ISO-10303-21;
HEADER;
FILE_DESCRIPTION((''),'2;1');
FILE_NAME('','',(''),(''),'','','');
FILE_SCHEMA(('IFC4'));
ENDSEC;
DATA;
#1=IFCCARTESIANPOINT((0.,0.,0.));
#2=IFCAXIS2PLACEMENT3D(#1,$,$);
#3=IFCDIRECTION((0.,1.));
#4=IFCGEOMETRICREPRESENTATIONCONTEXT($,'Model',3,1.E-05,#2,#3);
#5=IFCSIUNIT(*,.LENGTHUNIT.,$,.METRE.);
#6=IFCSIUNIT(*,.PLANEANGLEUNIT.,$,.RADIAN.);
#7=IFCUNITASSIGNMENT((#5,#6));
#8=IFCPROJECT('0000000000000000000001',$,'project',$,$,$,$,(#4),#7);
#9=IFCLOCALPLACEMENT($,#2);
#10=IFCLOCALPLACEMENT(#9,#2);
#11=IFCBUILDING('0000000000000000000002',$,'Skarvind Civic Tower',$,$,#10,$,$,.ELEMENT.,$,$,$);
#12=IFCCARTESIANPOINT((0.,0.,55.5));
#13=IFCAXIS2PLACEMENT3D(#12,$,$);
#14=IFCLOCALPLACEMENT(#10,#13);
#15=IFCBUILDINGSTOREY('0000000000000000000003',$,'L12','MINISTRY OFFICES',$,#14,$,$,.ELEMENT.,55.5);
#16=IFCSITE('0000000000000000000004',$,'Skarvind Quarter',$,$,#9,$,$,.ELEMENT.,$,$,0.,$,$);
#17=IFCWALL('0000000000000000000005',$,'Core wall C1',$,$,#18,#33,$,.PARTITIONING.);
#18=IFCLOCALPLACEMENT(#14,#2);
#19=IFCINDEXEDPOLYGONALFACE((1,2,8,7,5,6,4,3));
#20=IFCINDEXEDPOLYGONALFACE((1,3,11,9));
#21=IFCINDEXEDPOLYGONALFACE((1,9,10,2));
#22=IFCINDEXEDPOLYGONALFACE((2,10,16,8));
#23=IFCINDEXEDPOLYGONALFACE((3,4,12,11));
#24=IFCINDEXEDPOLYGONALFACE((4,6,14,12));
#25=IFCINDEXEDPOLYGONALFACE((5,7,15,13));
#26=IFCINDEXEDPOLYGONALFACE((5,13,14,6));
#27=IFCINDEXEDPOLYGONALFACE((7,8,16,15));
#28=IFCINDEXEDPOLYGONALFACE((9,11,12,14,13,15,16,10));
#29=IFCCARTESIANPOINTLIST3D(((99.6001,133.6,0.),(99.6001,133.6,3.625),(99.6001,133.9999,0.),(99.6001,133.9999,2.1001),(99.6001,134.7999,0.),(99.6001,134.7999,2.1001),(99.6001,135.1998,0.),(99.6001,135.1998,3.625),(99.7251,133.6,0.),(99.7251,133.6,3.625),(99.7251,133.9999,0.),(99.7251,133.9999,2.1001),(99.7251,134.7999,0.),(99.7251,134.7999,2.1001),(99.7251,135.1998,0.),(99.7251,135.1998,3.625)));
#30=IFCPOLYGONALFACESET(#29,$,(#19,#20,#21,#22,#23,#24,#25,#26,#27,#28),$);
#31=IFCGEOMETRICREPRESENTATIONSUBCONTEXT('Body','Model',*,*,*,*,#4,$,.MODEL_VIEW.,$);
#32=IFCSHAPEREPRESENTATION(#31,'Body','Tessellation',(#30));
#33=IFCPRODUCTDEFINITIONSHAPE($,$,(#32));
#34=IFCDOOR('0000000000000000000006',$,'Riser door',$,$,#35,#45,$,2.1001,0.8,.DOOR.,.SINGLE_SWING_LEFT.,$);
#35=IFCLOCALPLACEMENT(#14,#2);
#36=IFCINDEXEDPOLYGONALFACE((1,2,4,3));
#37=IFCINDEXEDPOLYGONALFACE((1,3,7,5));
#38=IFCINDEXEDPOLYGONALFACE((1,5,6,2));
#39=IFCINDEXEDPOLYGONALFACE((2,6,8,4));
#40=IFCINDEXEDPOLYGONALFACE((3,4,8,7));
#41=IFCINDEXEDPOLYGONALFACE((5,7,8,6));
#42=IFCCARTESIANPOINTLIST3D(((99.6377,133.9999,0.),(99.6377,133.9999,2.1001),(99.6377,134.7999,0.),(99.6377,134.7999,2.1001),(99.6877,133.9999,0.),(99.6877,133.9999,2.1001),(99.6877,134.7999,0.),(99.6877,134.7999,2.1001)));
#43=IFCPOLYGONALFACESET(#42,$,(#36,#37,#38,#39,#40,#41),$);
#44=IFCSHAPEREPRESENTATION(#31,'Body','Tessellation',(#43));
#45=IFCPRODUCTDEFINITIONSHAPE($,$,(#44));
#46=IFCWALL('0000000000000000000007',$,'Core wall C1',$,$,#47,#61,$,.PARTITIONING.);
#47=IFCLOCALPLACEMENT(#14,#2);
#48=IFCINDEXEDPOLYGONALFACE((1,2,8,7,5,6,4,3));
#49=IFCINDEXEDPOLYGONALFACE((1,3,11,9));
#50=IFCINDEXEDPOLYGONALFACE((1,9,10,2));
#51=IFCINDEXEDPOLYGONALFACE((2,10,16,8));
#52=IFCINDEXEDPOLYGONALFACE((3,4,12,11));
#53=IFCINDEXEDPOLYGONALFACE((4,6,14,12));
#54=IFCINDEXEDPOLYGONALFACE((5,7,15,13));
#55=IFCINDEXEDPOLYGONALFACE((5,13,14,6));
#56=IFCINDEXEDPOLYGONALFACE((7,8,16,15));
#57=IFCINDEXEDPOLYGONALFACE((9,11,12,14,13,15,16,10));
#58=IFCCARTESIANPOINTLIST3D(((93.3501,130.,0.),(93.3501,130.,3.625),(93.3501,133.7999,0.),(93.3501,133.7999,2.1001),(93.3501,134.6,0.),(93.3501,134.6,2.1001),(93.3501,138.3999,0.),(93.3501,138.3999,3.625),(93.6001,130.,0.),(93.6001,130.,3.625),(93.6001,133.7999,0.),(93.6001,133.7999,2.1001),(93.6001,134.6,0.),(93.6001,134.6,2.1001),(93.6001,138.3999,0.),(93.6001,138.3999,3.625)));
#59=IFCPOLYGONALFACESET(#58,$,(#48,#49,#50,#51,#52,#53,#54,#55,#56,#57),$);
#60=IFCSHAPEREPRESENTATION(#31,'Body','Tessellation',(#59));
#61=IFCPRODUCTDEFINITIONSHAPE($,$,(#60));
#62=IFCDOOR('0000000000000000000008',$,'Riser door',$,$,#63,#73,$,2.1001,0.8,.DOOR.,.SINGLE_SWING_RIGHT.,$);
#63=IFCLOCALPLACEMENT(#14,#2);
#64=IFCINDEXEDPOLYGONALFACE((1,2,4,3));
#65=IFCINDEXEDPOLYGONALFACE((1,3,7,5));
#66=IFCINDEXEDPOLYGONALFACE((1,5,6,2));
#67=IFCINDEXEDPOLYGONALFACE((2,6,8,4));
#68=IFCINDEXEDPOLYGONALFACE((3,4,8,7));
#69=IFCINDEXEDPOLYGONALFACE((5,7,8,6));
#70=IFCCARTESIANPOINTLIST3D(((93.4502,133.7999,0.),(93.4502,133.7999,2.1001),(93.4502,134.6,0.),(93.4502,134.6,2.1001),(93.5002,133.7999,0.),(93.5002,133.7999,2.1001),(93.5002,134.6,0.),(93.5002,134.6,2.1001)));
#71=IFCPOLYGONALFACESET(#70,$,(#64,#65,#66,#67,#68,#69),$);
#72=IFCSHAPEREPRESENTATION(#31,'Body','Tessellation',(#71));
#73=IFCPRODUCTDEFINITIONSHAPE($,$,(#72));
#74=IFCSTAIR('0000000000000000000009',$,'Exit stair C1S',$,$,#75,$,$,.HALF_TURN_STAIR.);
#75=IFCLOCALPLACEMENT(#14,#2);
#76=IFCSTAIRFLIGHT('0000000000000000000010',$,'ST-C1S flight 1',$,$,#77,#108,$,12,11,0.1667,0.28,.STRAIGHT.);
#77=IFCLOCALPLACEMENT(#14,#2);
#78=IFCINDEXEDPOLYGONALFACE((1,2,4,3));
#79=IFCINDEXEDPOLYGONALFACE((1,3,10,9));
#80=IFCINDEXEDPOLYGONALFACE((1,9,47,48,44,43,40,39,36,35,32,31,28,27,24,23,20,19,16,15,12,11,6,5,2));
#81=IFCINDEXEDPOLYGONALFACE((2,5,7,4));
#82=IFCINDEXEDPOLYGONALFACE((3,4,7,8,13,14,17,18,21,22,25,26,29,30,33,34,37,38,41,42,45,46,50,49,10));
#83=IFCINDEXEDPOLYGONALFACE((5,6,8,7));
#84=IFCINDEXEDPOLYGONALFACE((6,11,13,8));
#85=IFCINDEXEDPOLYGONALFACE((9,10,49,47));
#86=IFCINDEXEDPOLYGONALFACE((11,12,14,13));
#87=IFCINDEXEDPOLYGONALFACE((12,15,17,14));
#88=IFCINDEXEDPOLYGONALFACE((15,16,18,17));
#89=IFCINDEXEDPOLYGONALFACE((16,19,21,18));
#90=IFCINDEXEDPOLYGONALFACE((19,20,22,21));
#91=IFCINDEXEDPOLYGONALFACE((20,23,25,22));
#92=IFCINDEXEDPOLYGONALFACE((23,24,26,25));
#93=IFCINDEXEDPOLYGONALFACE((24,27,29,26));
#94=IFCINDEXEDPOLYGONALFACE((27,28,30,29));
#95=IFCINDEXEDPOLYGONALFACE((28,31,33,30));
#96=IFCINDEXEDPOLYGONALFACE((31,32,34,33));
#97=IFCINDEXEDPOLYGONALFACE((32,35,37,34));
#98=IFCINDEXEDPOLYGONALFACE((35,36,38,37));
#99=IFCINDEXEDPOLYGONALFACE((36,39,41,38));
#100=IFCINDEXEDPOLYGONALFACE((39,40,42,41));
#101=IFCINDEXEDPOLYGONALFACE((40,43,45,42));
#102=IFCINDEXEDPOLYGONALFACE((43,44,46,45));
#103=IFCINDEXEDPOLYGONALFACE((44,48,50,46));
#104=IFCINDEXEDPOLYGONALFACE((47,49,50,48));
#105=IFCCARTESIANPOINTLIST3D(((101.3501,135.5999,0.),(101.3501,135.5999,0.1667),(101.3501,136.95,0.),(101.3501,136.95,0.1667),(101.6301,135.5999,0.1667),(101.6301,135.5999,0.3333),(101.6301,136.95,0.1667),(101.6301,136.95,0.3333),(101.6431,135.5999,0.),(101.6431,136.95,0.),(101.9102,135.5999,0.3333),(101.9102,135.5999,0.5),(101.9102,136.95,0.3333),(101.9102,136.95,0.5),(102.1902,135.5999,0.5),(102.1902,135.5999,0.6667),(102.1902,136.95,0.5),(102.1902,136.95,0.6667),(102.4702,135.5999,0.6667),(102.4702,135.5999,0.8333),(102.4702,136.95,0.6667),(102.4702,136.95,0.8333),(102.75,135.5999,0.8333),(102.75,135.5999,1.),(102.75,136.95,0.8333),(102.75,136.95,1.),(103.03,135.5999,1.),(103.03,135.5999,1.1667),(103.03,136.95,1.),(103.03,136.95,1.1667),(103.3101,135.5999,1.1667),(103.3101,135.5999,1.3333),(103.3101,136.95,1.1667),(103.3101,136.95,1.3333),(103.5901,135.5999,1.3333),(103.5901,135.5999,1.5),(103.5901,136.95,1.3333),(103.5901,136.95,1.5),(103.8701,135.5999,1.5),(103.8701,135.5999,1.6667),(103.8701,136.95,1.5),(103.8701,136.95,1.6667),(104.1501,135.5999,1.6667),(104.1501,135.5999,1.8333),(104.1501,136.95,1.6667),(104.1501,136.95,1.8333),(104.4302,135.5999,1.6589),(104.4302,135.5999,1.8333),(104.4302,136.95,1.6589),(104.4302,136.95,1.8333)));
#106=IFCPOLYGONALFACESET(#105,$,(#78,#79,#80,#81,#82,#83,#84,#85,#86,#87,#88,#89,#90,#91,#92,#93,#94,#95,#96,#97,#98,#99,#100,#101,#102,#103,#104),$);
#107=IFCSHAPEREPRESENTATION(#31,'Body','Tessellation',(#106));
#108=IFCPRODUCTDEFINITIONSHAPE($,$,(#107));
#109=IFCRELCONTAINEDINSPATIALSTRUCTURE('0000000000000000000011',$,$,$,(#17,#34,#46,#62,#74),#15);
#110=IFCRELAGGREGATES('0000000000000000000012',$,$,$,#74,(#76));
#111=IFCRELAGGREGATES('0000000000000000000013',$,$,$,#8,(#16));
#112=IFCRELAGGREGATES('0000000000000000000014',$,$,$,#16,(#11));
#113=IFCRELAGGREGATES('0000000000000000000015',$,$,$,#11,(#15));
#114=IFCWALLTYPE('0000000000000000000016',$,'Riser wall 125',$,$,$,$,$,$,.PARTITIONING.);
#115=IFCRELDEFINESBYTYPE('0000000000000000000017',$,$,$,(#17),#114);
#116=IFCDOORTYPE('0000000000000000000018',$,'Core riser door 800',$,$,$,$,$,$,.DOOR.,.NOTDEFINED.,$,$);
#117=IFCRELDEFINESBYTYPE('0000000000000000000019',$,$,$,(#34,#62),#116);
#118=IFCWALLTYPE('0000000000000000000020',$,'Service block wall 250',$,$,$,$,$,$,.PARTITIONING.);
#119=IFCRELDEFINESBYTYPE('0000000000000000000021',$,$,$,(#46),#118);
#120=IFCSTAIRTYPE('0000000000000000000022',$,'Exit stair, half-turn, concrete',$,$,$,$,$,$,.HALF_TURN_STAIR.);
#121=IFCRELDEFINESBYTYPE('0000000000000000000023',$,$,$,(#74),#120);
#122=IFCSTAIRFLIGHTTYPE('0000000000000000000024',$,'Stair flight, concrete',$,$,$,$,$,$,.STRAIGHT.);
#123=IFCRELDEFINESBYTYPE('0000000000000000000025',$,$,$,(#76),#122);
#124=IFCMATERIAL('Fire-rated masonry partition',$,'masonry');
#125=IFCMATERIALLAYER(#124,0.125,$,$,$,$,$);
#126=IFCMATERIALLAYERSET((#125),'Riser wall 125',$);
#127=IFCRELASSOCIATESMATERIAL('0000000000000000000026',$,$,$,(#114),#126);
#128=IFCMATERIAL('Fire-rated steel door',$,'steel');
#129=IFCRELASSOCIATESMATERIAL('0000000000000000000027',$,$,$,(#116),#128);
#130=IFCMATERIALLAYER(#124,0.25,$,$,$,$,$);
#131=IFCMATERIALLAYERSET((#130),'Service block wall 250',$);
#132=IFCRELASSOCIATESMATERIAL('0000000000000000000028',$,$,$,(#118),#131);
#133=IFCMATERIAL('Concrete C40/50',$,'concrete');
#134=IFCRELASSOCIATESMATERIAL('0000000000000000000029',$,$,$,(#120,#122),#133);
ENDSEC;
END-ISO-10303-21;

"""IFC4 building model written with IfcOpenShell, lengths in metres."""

from ifc_helpers import new_model, si_unit, direction, frame, frame_2d, origin, place, context, subcontext, project, spatial, polyline, rectangle, outline, extrude, material, layer, layer_set, type_object, element, fill, aggregate, save


model = new_model("IFC4")

# Units and contexts
model_context = context("Model", 3, precision=1e-05, world=origin(), true_north=direction((0.0, 1.0)))
body_context = subcontext(model_context, "Body", "Model", "MODEL_VIEW")
ifc_project = project(units=[si_unit("LENGTHUNIT", "METRE"), si_unit("PLANEANGLEUNIT", "RADIAN")], contexts=[model_context])

# Site, building, storey
site_placement = place(None, origin())
site = spatial("IfcSite", under=ifc_project, at=site_placement, Name="Skarvind Quarter", CompositionType="ELEMENT", RefElevation=0.0)
building_placement = place(site_placement, origin())
building = spatial("IfcBuilding", under=site, at=building_placement, Name="Skarvind Civic Tower", CompositionType="ELEMENT")
storey_placement = place(building_placement, frame((0.0, 0.0, 55.5)))
storey = spatial("IfcBuildingStorey", under=building, at=storey_placement, Name="L12", Description="MINISTRY OFFICES", CompositionType="ELEMENT", Elevation=55.5)

# Shared definitions
ifc_material_1 = material(Name="Fire-rated masonry partition", Category="masonry")
ifc_material_2 = material(Name="Fire-rated steel door", Category="steel")

# Walls, openings, doors
ifc_layer_1 = layer(ifc_material_1, 0.125)
ifc_layer_set_1 = layer_set([ifc_layer_1], Name="Riser wall 125")
wall_type_1 = type_object("IfcWallType", Name="Riser wall 125", PredefinedType="PARTITIONING", material=ifc_layer_set_1)
wall_1_placement = place(storey_placement, frame((99.6626, 133.6001, 0.0), z_axis=(0.0, 0.0, 1.0), x_axis=(0.0, 1.0, 0.0)))
wall_1 = element("IfcWall", 1, at=wall_1_placement, inside=storey, type_object=wall_type_1, Name="Core wall C1", PredefinedType="PARTITIONING", context=body_context, shape_type="SweptSolid", body=[
    extrude(rectangle(XDim=1.5999, YDim=0.125, at=frame_2d((0.7998, 0.0))), origin(), (0.0, 0.0, 1.0), 3.625),
])
opening_1_placement = place(wall_1_placement, frame((0.3999, 0.0, 0.0)))
opening_1 = element("IfcOpeningElement", 2, at=opening_1_placement, cuts=wall_1, PredefinedType="OPENING", context=body_context, shape_type="SweptSolid", body=[
    extrude(rectangle(XDim=0.8, YDim=2.1001, at=frame_2d((0.3999, 1.05))), frame((0.0, 0.0725, 0.0), z_axis=(0.0, -1.0, 0.0), x_axis=(1.0, 0.0, 0.0)), (0.0, 0.0, 1.0), 0.145),
])
door_type_1 = type_object("IfcDoorType", Name="Core riser door 800", OperationType="NOTDEFINED", PredefinedType="DOOR", material=ifc_material_2)
door_1_placement = place(opening_1_placement, origin())
door_1 = element("IfcDoor", 3, at=door_1_placement, inside=storey, type_object=door_type_1, Name="Riser door", OperationType="SINGLE_SWING_LEFT", OverallHeight=2.1001, OverallWidth=0.8, PredefinedType="DOOR", context=body_context, shape_type="SweptSolid", body=[
    extrude(rectangle(XDim=0.8, YDim=2.1001, at=frame_2d((0.3999, 1.05))), frame((0.0, 0.0249, 0.0), z_axis=(0.0, -1.0, 0.0), x_axis=(1.0, 0.0, 0.0)), (0.0, 0.0, 1.0), 0.05),
])
fill(opening_1, door_1)
ifc_layer_2 = layer(ifc_material_1, 0.25)
ifc_layer_set_2 = layer_set([ifc_layer_2], Name="Service block wall 250")
wall_type_2 = type_object("IfcWallType", Name="Service block wall 250", PredefinedType="PARTITIONING", material=ifc_layer_set_2)
wall_2_placement = place(storey_placement, frame((93.4751, 130.0, 0.0), z_axis=(0.0, 0.0, 1.0), x_axis=(0.0, 1.0, 0.0)))
wall_2 = element("IfcWall", 4, at=wall_2_placement, inside=storey, type_object=wall_type_2, Name="Core wall C1", PredefinedType="PARTITIONING", context=body_context, shape_type="SweptSolid", body=[
    extrude(rectangle(XDim=8.3999, YDim=0.25, at=frame_2d((4.2, 0.0))), origin(), (0.0, 0.0, 1.0), 3.625),
])
opening_2_placement = place(wall_2_placement, frame((3.8, 0.0, 0.0)))
opening_2 = element("IfcOpeningElement", 5, at=opening_2_placement, cuts=wall_2, PredefinedType="OPENING", context=body_context, shape_type="SweptSolid", body=[
    extrude(rectangle(XDim=0.8, YDim=2.1001, at=frame_2d((0.3999, 1.05))), frame((0.0, 0.135, 0.0), z_axis=(0.0, -1.0, 0.0), x_axis=(1.0, 0.0, 0.0)), (0.0, 0.0, 1.0), 0.27),
])
door_2_placement = place(opening_2_placement, origin())
door_2 = element("IfcDoor", 6, at=door_2_placement, inside=storey, type_object=door_type_1, Name="Riser door", OperationType="SINGLE_SWING_RIGHT", OverallHeight=2.1001, OverallWidth=0.8, PredefinedType="DOOR", context=body_context, shape_type="SweptSolid", body=[
    extrude(rectangle(XDim=0.8, YDim=2.1001, at=frame_2d((0.3999, 1.05))), frame((0.0, 0.0249, 0.0), z_axis=(0.0, -1.0, 0.0), x_axis=(1.0, 0.0, 0.0)), (0.0, 0.0, 1.0), 0.05),
])
fill(opening_2, door_2)

# Stair, stair flight
ifc_material_3 = material(Name="Concrete C40/50", Category="concrete")
stair_type = type_object("IfcStairType", Name="Exit stair, half-turn, concrete", PredefinedType="HALF_TURN_STAIR", material=ifc_material_3)
stair_placement = place(storey_placement, origin())
stair = element("IfcStair", 7, at=stair_placement, inside=storey, type_object=stair_type, Name="Exit stair C1S", PredefinedType="HALF_TURN_STAIR")
stair_flight_type = type_object("IfcStairFlightType", Name="Stair flight, concrete", PredefinedType="STRAIGHT", material=ifc_material_3)
stair_flight_placement = place(storey_placement, frame((101.3501, 136.2749, 0.0), z_axis=(0.0, 0.0, 1.0), x_axis=(1.0, 0.0, 0.0)))
stair_flight = element("IfcStairFlight", 8, at=stair_flight_placement, type_object=stair_flight_type, Name="ST-C1S flight 1", NumberOfRisers=12, NumberOfTreads=11, PredefinedType="STRAIGHT", RiserHeight=0.1667, TreadLength=0.28, context=body_context, shape_type="SweptSolid", body=[
    extrude(outline(polyline([(0.0, 0.0), (0.0, 0.1667), (0.28, 0.1667), (0.28, 0.3333), (0.5601, 0.3333), (0.5601, 0.5), (0.8401, 0.5), (0.8401, 0.6667), (1.1201, 0.6667), (1.1201, 0.8333), (1.3999, 0.8333), (1.3999, 1.0), (1.6799, 1.0), (1.6799, 1.1667), (1.96, 1.1667), (1.96, 1.3333), (2.24, 1.3333), (2.24, 1.5), (2.52, 1.5), (2.52, 1.6667), (2.8, 1.6667), (2.8, 1.8333), (3.0801, 1.8333), (3.0801, 2.0), (3.0801, 1.6589), (0.293, 0.0), (0.0, 0.0)])), frame((0.0, 0.675, 0.0), z_axis=(0.0, -1.0, 0.0), x_axis=(1.0, 0.0, 0.0)), (0.0, 0.0, 1.0), 1.3501),
])
aggregate(stair, [stair_flight])

save(model, "model.ifc")
